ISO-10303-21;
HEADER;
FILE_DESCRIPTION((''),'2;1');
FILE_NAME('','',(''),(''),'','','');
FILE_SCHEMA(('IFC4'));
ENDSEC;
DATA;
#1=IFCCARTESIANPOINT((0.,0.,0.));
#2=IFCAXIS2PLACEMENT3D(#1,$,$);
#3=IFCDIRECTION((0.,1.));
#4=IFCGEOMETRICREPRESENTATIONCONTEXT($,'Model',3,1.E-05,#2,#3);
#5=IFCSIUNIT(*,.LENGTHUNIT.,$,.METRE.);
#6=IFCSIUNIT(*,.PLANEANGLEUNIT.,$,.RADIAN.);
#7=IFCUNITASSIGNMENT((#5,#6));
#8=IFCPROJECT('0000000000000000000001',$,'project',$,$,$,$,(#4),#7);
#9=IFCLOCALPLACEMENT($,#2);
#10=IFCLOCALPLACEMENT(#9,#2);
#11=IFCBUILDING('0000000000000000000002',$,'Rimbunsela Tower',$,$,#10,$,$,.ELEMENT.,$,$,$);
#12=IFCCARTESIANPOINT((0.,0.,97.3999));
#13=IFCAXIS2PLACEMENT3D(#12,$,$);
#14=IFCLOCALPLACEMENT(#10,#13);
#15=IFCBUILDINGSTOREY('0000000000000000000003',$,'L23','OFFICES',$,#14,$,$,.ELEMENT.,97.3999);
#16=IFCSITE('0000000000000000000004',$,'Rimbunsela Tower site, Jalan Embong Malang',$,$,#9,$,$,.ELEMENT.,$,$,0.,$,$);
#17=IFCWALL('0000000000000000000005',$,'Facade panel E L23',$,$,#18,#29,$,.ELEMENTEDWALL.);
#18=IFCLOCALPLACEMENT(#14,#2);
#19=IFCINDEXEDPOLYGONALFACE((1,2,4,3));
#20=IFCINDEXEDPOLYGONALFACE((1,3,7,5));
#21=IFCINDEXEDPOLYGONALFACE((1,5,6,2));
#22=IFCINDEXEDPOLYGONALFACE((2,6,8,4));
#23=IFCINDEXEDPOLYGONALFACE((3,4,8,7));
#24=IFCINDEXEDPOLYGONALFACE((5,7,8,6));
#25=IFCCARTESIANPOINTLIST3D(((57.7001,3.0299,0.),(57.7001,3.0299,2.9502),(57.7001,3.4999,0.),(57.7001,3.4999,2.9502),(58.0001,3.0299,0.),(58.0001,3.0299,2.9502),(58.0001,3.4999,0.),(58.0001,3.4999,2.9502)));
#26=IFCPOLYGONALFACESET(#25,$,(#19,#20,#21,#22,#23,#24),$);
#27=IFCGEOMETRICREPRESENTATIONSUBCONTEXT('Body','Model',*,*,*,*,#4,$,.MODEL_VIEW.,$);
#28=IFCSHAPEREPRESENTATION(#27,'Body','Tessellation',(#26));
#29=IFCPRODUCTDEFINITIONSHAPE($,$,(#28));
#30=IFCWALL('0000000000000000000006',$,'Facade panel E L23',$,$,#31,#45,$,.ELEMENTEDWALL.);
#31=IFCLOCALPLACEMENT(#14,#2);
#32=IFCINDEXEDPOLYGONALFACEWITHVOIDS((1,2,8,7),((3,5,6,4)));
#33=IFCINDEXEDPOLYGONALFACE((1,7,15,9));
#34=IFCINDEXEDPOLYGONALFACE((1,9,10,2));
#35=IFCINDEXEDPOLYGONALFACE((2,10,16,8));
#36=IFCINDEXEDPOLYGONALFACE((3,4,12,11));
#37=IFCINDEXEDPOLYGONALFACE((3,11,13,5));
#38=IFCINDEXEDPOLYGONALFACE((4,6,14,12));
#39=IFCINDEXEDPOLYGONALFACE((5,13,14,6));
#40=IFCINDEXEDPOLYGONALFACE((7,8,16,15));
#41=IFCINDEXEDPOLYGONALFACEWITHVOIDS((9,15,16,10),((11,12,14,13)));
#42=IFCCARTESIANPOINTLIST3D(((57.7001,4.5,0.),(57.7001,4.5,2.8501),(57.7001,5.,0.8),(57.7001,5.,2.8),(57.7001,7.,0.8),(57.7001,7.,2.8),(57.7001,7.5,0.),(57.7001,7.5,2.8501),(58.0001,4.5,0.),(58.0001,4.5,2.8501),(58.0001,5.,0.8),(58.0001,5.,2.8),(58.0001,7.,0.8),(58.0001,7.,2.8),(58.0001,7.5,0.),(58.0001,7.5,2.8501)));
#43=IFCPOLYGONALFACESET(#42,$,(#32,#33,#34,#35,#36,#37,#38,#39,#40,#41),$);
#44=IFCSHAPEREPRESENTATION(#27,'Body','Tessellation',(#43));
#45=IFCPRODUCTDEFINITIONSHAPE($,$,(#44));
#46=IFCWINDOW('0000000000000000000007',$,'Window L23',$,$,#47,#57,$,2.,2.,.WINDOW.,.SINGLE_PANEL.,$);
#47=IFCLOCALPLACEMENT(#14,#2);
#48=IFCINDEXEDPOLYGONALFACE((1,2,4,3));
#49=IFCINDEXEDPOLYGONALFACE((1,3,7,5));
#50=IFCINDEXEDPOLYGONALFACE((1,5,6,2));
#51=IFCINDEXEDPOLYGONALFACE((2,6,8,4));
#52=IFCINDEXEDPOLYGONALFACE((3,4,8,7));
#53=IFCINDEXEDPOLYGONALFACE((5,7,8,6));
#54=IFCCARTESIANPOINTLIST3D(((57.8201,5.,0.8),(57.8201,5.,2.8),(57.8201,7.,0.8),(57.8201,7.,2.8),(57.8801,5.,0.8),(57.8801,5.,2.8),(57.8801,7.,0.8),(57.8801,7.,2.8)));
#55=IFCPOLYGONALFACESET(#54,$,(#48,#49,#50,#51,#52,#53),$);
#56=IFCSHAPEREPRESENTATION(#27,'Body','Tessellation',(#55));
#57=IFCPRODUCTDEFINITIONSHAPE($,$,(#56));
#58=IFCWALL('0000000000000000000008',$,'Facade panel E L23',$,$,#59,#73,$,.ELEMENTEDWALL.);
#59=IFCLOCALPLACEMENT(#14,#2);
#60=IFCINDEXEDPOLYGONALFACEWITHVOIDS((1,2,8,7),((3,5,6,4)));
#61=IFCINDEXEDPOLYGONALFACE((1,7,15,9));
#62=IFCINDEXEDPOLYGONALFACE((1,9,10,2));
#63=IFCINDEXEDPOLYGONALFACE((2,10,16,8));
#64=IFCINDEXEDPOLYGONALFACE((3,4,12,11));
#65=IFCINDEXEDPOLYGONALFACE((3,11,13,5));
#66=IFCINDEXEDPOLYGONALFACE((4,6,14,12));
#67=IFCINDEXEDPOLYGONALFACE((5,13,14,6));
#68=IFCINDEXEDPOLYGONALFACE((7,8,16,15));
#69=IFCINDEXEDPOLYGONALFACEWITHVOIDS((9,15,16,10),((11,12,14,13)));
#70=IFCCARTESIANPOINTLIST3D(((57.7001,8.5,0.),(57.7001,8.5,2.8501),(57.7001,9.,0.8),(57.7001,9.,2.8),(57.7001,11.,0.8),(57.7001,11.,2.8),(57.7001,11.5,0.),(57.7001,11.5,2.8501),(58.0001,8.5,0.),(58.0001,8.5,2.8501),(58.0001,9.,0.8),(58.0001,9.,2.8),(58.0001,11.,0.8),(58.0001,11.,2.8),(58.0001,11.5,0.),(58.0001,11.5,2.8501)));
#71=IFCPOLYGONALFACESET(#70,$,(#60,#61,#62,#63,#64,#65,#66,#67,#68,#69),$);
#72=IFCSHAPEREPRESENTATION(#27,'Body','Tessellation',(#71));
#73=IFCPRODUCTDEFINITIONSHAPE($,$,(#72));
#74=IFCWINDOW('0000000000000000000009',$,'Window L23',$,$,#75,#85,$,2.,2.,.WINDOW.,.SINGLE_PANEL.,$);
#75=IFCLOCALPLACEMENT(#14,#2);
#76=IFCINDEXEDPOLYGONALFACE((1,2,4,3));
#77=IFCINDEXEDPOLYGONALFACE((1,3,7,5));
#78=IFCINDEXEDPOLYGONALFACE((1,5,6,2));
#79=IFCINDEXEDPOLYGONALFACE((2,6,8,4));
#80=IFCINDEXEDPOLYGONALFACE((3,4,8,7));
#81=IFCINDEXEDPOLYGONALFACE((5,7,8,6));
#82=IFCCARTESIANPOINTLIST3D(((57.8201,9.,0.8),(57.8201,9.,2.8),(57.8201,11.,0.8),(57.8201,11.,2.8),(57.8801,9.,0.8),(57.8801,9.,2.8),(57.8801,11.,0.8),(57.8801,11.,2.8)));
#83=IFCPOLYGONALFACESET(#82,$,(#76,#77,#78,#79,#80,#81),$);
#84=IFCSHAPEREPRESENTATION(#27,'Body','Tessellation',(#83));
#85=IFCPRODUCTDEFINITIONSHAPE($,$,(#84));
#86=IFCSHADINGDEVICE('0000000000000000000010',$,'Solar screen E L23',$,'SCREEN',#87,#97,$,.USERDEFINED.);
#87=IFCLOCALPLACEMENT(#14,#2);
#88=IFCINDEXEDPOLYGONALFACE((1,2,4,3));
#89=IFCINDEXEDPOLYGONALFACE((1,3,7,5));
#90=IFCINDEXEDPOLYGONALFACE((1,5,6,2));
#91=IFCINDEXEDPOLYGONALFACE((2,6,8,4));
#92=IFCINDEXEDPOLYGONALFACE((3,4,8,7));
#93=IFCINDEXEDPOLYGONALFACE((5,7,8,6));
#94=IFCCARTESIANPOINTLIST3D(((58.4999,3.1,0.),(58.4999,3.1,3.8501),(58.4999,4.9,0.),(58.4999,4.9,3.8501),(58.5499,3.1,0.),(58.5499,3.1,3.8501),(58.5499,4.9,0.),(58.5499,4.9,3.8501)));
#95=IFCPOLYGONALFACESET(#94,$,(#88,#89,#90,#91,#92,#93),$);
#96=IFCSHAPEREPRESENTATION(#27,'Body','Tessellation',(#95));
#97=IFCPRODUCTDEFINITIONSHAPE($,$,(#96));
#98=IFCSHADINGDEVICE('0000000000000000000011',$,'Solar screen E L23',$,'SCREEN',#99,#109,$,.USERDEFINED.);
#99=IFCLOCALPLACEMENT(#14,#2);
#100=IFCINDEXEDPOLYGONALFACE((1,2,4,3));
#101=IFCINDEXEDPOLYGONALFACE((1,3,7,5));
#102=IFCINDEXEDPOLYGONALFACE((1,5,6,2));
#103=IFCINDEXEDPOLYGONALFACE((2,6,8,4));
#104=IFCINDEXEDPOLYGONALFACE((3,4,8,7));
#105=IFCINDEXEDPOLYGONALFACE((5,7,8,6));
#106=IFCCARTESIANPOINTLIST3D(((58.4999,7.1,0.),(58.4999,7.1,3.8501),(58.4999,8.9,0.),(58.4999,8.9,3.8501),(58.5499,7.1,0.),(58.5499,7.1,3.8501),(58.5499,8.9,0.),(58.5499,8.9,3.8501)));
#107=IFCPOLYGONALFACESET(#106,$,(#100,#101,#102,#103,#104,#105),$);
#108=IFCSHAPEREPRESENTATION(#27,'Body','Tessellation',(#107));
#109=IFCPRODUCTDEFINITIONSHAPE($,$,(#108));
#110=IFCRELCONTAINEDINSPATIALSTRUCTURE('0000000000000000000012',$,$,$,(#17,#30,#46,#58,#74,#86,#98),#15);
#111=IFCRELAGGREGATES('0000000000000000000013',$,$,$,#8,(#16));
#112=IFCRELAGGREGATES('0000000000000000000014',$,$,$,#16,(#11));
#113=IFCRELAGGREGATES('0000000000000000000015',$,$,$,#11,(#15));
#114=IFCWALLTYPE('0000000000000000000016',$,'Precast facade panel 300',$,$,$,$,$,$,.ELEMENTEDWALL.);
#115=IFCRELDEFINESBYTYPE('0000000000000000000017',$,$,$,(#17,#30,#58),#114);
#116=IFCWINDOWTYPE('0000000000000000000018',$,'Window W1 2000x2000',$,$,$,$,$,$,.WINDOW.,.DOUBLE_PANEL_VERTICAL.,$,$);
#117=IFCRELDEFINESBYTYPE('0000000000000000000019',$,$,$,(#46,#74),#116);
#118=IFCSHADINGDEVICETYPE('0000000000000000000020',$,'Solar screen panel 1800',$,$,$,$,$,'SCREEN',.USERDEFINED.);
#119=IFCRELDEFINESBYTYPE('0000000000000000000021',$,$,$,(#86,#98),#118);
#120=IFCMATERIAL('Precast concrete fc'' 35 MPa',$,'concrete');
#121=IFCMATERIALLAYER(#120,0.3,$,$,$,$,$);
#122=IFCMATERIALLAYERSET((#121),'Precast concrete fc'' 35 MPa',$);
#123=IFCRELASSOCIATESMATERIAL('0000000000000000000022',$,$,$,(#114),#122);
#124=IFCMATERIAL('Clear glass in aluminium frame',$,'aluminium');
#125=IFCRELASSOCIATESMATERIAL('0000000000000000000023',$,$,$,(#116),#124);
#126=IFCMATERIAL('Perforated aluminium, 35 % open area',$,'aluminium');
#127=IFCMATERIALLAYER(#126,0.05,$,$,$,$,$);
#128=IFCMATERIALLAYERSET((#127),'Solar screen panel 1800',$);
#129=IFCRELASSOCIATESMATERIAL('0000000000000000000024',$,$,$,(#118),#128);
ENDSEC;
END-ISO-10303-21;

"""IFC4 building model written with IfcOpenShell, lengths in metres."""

from ifc_helpers import new_model, si_unit, direction, frame, frame_2d, origin, origin_2d, place, context, subcontext, project, spatial, rectangle, extrude, material, layer, layer_set, type_object, element, fill, save


model = new_model("IFC4")

# Units and contexts
model_context = context("Model", 3, precision=1e-05, world=origin(), true_north=direction((0.0, 1.0)))
body_context = subcontext(model_context, "Body", "Model", "MODEL_VIEW")
ifc_project = project(units=[si_unit("LENGTHUNIT", "METRE"), si_unit("PLANEANGLEUNIT", "RADIAN")], contexts=[model_context])

# Site, building, storey
site_placement = place(None, origin())
site = spatial("IfcSite", under=ifc_project, at=site_placement, Name="Rimbunsela Tower site, Jalan Embong Malang", CompositionType="ELEMENT", RefElevation=0.0)
building_placement = place(site_placement, origin())
building = spatial("IfcBuilding", under=site, at=building_placement, Name="Rimbunsela Tower", CompositionType="ELEMENT")
storey_placement = place(building_placement, frame((0.0, 0.0, 97.3999)))
storey = spatial("IfcBuildingStorey", under=building, at=storey_placement, Name="L23", Description="OFFICES", CompositionType="ELEMENT", Elevation=97.3999)

# Wall
ifc_material_1 = material(Name="Precast concrete fc' 35 MPa", Category="concrete")
ifc_layer_1 = layer(ifc_material_1, 0.3)
ifc_layer_set_1 = layer_set([ifc_layer_1], Name="Precast concrete fc' 35 MPa")
wall_type_1 = type_object("IfcWallType", Name="Precast facade panel 300", PredefinedType="ELEMENTEDWALL", material=ifc_layer_set_1)
wall_1_placement = place(storey_placement, frame((57.8501, 3.03, 0.0), z_axis=(0.0, 0.0, 1.0), x_axis=(0.0, 1.0, 0.0)))
element("IfcWall", 1, at=wall_1_placement, inside=storey, type_object=wall_type_1, Name="Facade panel E L23", PredefinedType="ELEMENTEDWALL", context=body_context, shape_type="SweptSolid", body=[
    extrude(rectangle(XDim=0.47, YDim=0.3, at=frame_2d((0.2349, 0.0))), origin(), (0.0, 0.0, 1.0), 2.9502),
])

# Walls, openings, windows
wall_2_placement = place(storey_placement, frame((57.8501, 4.5, 0.0), z_axis=(0.0, 0.0, 1.0), x_axis=(0.0, 1.0, 0.0)))
wall_2 = element("IfcWall", 2, at=wall_2_placement, inside=storey, type_object=wall_type_1, Name="Facade panel E L23", PredefinedType="ELEMENTEDWALL", context=body_context, shape_type="SweptSolid", body=[
    extrude(rectangle(XDim=3.0, YDim=0.3, at=frame_2d((1.5, 0.0))), origin(), (0.0, 0.0, 1.0), 2.8501),
])
opening_1_placement = place(wall_2_placement, frame((0.5, 0.0, 0.8)))
opening_1 = element("IfcOpeningElement", 3, at=opening_1_placement, cuts=wall_2, PredefinedType="OPENING", context=body_context, shape_type="SweptSolid", body=[
    extrude(rectangle(XDim=2.0, YDim=2.0, at=frame_2d((1.0, 1.0))), frame((0.0, 0.1599, 0.0), z_axis=(0.0, -1.0, 0.0), x_axis=(1.0, 0.0, 0.0)), (0.0, 0.0, 1.0), 0.3201),
])
ifc_material_2 = material(Name="Clear glass in aluminium frame", Category="aluminium")
window_type = type_object("IfcWindowType", Name="Window W1 2000x2000", PartitioningType="DOUBLE_PANEL_VERTICAL", PredefinedType="WINDOW", material=ifc_material_2)
window_1_placement = place(opening_1_placement, origin())
window_1 = element("IfcWindow", 4, at=window_1_placement, inside=storey, type_object=window_type, Name="Window L23", OverallHeight=2.0, OverallWidth=2.0, PartitioningType="SINGLE_PANEL", PredefinedType="WINDOW", context=body_context, shape_type="SweptSolid", body=[
    extrude(rectangle(XDim=2.0, YDim=2.0, at=frame_2d((1.0, 1.0))), frame((0.0, 0.03, 0.0), z_axis=(0.0, -1.0, 0.0), x_axis=(1.0, 0.0, 0.0)), (0.0, 0.0, 1.0), 0.0601),
])
fill(opening_1, window_1)
wall_3_placement = place(storey_placement, frame((57.8501, 8.5, 0.0), z_axis=(0.0, 0.0, 1.0), x_axis=(0.0, 1.0, 0.0)))
wall_3 = element("IfcWall", 5, at=wall_3_placement, inside=storey, type_object=wall_type_1, Name="Facade panel E L23", PredefinedType="ELEMENTEDWALL", context=body_context, shape_type="SweptSolid", body=[
    extrude(rectangle(XDim=3.0, YDim=0.3, at=frame_2d((1.5, 0.0))), origin(), (0.0, 0.0, 1.0), 2.8501),
])
opening_2_placement = place(wall_3_placement, frame((0.5, 0.0, 0.8)))
opening_2 = element("IfcOpeningElement", 6, at=opening_2_placement, cuts=wall_3, PredefinedType="OPENING", context=body_context, shape_type="SweptSolid", body=[
    extrude(rectangle(XDim=2.0, YDim=2.0, at=frame_2d((1.0, 1.0))), frame((0.0, 0.1599, 0.0), z_axis=(0.0, -1.0, 0.0), x_axis=(1.0, 0.0, 0.0)), (0.0, 0.0, 1.0), 0.3201),
])
window_2_placement = place(opening_2_placement, origin())
window_2 = element("IfcWindow", 7, at=window_2_placement, inside=storey, type_object=window_type, Name="Window L23", OverallHeight=2.0, OverallWidth=2.0, PartitioningType="SINGLE_PANEL", PredefinedType="WINDOW", context=body_context, shape_type="SweptSolid", body=[
    extrude(rectangle(XDim=2.0, YDim=2.0, at=frame_2d((1.0, 1.0))), frame((0.0, 0.03, 0.0), z_axis=(0.0, -1.0, 0.0), x_axis=(1.0, 0.0, 0.0)), (0.0, 0.0, 1.0), 0.0601),
])
fill(opening_2, window_2)

# Shading devices
ifc_material_3 = material(Name="Perforated aluminium, 35 % open area", Category="aluminium")
ifc_layer_2 = layer(ifc_material_3, 0.05)
ifc_layer_set_2 = layer_set([ifc_layer_2], Name="Solar screen panel 1800")
shading_device_type = type_object("IfcShadingDeviceType", Name="Solar screen panel 1800", ElementType="SCREEN", PredefinedType="USERDEFINED", material=ifc_layer_set_2)
for number, where, z_axis, x_axis, name in (
    (8, (58.5249, 4.0, 0.0), (0.0, 0.0, 1.0), (0.0, 1.0, 0.0), "Solar screen E L23"),
    (9, (58.5249, 8.0, 0.0), (0.0, 0.0, 1.0), (0.0, 1.0, 0.0), "Solar screen E L23"),
):
    element("IfcShadingDevice", number, at=place(storey_placement, frame(where, z_axis=z_axis, x_axis=x_axis)), inside=storey, type_object=shading_device_type, Name=name, ObjectType="SCREEN", PredefinedType="USERDEFINED", context=body_context, shape_type="SweptSolid", body=[
        extrude(rectangle(XDim=1.8, YDim=0.05, at=origin_2d()), origin(), (0.0, 0.0, 1.0), 3.8501),
    ])

save(model, "model.ifc")
